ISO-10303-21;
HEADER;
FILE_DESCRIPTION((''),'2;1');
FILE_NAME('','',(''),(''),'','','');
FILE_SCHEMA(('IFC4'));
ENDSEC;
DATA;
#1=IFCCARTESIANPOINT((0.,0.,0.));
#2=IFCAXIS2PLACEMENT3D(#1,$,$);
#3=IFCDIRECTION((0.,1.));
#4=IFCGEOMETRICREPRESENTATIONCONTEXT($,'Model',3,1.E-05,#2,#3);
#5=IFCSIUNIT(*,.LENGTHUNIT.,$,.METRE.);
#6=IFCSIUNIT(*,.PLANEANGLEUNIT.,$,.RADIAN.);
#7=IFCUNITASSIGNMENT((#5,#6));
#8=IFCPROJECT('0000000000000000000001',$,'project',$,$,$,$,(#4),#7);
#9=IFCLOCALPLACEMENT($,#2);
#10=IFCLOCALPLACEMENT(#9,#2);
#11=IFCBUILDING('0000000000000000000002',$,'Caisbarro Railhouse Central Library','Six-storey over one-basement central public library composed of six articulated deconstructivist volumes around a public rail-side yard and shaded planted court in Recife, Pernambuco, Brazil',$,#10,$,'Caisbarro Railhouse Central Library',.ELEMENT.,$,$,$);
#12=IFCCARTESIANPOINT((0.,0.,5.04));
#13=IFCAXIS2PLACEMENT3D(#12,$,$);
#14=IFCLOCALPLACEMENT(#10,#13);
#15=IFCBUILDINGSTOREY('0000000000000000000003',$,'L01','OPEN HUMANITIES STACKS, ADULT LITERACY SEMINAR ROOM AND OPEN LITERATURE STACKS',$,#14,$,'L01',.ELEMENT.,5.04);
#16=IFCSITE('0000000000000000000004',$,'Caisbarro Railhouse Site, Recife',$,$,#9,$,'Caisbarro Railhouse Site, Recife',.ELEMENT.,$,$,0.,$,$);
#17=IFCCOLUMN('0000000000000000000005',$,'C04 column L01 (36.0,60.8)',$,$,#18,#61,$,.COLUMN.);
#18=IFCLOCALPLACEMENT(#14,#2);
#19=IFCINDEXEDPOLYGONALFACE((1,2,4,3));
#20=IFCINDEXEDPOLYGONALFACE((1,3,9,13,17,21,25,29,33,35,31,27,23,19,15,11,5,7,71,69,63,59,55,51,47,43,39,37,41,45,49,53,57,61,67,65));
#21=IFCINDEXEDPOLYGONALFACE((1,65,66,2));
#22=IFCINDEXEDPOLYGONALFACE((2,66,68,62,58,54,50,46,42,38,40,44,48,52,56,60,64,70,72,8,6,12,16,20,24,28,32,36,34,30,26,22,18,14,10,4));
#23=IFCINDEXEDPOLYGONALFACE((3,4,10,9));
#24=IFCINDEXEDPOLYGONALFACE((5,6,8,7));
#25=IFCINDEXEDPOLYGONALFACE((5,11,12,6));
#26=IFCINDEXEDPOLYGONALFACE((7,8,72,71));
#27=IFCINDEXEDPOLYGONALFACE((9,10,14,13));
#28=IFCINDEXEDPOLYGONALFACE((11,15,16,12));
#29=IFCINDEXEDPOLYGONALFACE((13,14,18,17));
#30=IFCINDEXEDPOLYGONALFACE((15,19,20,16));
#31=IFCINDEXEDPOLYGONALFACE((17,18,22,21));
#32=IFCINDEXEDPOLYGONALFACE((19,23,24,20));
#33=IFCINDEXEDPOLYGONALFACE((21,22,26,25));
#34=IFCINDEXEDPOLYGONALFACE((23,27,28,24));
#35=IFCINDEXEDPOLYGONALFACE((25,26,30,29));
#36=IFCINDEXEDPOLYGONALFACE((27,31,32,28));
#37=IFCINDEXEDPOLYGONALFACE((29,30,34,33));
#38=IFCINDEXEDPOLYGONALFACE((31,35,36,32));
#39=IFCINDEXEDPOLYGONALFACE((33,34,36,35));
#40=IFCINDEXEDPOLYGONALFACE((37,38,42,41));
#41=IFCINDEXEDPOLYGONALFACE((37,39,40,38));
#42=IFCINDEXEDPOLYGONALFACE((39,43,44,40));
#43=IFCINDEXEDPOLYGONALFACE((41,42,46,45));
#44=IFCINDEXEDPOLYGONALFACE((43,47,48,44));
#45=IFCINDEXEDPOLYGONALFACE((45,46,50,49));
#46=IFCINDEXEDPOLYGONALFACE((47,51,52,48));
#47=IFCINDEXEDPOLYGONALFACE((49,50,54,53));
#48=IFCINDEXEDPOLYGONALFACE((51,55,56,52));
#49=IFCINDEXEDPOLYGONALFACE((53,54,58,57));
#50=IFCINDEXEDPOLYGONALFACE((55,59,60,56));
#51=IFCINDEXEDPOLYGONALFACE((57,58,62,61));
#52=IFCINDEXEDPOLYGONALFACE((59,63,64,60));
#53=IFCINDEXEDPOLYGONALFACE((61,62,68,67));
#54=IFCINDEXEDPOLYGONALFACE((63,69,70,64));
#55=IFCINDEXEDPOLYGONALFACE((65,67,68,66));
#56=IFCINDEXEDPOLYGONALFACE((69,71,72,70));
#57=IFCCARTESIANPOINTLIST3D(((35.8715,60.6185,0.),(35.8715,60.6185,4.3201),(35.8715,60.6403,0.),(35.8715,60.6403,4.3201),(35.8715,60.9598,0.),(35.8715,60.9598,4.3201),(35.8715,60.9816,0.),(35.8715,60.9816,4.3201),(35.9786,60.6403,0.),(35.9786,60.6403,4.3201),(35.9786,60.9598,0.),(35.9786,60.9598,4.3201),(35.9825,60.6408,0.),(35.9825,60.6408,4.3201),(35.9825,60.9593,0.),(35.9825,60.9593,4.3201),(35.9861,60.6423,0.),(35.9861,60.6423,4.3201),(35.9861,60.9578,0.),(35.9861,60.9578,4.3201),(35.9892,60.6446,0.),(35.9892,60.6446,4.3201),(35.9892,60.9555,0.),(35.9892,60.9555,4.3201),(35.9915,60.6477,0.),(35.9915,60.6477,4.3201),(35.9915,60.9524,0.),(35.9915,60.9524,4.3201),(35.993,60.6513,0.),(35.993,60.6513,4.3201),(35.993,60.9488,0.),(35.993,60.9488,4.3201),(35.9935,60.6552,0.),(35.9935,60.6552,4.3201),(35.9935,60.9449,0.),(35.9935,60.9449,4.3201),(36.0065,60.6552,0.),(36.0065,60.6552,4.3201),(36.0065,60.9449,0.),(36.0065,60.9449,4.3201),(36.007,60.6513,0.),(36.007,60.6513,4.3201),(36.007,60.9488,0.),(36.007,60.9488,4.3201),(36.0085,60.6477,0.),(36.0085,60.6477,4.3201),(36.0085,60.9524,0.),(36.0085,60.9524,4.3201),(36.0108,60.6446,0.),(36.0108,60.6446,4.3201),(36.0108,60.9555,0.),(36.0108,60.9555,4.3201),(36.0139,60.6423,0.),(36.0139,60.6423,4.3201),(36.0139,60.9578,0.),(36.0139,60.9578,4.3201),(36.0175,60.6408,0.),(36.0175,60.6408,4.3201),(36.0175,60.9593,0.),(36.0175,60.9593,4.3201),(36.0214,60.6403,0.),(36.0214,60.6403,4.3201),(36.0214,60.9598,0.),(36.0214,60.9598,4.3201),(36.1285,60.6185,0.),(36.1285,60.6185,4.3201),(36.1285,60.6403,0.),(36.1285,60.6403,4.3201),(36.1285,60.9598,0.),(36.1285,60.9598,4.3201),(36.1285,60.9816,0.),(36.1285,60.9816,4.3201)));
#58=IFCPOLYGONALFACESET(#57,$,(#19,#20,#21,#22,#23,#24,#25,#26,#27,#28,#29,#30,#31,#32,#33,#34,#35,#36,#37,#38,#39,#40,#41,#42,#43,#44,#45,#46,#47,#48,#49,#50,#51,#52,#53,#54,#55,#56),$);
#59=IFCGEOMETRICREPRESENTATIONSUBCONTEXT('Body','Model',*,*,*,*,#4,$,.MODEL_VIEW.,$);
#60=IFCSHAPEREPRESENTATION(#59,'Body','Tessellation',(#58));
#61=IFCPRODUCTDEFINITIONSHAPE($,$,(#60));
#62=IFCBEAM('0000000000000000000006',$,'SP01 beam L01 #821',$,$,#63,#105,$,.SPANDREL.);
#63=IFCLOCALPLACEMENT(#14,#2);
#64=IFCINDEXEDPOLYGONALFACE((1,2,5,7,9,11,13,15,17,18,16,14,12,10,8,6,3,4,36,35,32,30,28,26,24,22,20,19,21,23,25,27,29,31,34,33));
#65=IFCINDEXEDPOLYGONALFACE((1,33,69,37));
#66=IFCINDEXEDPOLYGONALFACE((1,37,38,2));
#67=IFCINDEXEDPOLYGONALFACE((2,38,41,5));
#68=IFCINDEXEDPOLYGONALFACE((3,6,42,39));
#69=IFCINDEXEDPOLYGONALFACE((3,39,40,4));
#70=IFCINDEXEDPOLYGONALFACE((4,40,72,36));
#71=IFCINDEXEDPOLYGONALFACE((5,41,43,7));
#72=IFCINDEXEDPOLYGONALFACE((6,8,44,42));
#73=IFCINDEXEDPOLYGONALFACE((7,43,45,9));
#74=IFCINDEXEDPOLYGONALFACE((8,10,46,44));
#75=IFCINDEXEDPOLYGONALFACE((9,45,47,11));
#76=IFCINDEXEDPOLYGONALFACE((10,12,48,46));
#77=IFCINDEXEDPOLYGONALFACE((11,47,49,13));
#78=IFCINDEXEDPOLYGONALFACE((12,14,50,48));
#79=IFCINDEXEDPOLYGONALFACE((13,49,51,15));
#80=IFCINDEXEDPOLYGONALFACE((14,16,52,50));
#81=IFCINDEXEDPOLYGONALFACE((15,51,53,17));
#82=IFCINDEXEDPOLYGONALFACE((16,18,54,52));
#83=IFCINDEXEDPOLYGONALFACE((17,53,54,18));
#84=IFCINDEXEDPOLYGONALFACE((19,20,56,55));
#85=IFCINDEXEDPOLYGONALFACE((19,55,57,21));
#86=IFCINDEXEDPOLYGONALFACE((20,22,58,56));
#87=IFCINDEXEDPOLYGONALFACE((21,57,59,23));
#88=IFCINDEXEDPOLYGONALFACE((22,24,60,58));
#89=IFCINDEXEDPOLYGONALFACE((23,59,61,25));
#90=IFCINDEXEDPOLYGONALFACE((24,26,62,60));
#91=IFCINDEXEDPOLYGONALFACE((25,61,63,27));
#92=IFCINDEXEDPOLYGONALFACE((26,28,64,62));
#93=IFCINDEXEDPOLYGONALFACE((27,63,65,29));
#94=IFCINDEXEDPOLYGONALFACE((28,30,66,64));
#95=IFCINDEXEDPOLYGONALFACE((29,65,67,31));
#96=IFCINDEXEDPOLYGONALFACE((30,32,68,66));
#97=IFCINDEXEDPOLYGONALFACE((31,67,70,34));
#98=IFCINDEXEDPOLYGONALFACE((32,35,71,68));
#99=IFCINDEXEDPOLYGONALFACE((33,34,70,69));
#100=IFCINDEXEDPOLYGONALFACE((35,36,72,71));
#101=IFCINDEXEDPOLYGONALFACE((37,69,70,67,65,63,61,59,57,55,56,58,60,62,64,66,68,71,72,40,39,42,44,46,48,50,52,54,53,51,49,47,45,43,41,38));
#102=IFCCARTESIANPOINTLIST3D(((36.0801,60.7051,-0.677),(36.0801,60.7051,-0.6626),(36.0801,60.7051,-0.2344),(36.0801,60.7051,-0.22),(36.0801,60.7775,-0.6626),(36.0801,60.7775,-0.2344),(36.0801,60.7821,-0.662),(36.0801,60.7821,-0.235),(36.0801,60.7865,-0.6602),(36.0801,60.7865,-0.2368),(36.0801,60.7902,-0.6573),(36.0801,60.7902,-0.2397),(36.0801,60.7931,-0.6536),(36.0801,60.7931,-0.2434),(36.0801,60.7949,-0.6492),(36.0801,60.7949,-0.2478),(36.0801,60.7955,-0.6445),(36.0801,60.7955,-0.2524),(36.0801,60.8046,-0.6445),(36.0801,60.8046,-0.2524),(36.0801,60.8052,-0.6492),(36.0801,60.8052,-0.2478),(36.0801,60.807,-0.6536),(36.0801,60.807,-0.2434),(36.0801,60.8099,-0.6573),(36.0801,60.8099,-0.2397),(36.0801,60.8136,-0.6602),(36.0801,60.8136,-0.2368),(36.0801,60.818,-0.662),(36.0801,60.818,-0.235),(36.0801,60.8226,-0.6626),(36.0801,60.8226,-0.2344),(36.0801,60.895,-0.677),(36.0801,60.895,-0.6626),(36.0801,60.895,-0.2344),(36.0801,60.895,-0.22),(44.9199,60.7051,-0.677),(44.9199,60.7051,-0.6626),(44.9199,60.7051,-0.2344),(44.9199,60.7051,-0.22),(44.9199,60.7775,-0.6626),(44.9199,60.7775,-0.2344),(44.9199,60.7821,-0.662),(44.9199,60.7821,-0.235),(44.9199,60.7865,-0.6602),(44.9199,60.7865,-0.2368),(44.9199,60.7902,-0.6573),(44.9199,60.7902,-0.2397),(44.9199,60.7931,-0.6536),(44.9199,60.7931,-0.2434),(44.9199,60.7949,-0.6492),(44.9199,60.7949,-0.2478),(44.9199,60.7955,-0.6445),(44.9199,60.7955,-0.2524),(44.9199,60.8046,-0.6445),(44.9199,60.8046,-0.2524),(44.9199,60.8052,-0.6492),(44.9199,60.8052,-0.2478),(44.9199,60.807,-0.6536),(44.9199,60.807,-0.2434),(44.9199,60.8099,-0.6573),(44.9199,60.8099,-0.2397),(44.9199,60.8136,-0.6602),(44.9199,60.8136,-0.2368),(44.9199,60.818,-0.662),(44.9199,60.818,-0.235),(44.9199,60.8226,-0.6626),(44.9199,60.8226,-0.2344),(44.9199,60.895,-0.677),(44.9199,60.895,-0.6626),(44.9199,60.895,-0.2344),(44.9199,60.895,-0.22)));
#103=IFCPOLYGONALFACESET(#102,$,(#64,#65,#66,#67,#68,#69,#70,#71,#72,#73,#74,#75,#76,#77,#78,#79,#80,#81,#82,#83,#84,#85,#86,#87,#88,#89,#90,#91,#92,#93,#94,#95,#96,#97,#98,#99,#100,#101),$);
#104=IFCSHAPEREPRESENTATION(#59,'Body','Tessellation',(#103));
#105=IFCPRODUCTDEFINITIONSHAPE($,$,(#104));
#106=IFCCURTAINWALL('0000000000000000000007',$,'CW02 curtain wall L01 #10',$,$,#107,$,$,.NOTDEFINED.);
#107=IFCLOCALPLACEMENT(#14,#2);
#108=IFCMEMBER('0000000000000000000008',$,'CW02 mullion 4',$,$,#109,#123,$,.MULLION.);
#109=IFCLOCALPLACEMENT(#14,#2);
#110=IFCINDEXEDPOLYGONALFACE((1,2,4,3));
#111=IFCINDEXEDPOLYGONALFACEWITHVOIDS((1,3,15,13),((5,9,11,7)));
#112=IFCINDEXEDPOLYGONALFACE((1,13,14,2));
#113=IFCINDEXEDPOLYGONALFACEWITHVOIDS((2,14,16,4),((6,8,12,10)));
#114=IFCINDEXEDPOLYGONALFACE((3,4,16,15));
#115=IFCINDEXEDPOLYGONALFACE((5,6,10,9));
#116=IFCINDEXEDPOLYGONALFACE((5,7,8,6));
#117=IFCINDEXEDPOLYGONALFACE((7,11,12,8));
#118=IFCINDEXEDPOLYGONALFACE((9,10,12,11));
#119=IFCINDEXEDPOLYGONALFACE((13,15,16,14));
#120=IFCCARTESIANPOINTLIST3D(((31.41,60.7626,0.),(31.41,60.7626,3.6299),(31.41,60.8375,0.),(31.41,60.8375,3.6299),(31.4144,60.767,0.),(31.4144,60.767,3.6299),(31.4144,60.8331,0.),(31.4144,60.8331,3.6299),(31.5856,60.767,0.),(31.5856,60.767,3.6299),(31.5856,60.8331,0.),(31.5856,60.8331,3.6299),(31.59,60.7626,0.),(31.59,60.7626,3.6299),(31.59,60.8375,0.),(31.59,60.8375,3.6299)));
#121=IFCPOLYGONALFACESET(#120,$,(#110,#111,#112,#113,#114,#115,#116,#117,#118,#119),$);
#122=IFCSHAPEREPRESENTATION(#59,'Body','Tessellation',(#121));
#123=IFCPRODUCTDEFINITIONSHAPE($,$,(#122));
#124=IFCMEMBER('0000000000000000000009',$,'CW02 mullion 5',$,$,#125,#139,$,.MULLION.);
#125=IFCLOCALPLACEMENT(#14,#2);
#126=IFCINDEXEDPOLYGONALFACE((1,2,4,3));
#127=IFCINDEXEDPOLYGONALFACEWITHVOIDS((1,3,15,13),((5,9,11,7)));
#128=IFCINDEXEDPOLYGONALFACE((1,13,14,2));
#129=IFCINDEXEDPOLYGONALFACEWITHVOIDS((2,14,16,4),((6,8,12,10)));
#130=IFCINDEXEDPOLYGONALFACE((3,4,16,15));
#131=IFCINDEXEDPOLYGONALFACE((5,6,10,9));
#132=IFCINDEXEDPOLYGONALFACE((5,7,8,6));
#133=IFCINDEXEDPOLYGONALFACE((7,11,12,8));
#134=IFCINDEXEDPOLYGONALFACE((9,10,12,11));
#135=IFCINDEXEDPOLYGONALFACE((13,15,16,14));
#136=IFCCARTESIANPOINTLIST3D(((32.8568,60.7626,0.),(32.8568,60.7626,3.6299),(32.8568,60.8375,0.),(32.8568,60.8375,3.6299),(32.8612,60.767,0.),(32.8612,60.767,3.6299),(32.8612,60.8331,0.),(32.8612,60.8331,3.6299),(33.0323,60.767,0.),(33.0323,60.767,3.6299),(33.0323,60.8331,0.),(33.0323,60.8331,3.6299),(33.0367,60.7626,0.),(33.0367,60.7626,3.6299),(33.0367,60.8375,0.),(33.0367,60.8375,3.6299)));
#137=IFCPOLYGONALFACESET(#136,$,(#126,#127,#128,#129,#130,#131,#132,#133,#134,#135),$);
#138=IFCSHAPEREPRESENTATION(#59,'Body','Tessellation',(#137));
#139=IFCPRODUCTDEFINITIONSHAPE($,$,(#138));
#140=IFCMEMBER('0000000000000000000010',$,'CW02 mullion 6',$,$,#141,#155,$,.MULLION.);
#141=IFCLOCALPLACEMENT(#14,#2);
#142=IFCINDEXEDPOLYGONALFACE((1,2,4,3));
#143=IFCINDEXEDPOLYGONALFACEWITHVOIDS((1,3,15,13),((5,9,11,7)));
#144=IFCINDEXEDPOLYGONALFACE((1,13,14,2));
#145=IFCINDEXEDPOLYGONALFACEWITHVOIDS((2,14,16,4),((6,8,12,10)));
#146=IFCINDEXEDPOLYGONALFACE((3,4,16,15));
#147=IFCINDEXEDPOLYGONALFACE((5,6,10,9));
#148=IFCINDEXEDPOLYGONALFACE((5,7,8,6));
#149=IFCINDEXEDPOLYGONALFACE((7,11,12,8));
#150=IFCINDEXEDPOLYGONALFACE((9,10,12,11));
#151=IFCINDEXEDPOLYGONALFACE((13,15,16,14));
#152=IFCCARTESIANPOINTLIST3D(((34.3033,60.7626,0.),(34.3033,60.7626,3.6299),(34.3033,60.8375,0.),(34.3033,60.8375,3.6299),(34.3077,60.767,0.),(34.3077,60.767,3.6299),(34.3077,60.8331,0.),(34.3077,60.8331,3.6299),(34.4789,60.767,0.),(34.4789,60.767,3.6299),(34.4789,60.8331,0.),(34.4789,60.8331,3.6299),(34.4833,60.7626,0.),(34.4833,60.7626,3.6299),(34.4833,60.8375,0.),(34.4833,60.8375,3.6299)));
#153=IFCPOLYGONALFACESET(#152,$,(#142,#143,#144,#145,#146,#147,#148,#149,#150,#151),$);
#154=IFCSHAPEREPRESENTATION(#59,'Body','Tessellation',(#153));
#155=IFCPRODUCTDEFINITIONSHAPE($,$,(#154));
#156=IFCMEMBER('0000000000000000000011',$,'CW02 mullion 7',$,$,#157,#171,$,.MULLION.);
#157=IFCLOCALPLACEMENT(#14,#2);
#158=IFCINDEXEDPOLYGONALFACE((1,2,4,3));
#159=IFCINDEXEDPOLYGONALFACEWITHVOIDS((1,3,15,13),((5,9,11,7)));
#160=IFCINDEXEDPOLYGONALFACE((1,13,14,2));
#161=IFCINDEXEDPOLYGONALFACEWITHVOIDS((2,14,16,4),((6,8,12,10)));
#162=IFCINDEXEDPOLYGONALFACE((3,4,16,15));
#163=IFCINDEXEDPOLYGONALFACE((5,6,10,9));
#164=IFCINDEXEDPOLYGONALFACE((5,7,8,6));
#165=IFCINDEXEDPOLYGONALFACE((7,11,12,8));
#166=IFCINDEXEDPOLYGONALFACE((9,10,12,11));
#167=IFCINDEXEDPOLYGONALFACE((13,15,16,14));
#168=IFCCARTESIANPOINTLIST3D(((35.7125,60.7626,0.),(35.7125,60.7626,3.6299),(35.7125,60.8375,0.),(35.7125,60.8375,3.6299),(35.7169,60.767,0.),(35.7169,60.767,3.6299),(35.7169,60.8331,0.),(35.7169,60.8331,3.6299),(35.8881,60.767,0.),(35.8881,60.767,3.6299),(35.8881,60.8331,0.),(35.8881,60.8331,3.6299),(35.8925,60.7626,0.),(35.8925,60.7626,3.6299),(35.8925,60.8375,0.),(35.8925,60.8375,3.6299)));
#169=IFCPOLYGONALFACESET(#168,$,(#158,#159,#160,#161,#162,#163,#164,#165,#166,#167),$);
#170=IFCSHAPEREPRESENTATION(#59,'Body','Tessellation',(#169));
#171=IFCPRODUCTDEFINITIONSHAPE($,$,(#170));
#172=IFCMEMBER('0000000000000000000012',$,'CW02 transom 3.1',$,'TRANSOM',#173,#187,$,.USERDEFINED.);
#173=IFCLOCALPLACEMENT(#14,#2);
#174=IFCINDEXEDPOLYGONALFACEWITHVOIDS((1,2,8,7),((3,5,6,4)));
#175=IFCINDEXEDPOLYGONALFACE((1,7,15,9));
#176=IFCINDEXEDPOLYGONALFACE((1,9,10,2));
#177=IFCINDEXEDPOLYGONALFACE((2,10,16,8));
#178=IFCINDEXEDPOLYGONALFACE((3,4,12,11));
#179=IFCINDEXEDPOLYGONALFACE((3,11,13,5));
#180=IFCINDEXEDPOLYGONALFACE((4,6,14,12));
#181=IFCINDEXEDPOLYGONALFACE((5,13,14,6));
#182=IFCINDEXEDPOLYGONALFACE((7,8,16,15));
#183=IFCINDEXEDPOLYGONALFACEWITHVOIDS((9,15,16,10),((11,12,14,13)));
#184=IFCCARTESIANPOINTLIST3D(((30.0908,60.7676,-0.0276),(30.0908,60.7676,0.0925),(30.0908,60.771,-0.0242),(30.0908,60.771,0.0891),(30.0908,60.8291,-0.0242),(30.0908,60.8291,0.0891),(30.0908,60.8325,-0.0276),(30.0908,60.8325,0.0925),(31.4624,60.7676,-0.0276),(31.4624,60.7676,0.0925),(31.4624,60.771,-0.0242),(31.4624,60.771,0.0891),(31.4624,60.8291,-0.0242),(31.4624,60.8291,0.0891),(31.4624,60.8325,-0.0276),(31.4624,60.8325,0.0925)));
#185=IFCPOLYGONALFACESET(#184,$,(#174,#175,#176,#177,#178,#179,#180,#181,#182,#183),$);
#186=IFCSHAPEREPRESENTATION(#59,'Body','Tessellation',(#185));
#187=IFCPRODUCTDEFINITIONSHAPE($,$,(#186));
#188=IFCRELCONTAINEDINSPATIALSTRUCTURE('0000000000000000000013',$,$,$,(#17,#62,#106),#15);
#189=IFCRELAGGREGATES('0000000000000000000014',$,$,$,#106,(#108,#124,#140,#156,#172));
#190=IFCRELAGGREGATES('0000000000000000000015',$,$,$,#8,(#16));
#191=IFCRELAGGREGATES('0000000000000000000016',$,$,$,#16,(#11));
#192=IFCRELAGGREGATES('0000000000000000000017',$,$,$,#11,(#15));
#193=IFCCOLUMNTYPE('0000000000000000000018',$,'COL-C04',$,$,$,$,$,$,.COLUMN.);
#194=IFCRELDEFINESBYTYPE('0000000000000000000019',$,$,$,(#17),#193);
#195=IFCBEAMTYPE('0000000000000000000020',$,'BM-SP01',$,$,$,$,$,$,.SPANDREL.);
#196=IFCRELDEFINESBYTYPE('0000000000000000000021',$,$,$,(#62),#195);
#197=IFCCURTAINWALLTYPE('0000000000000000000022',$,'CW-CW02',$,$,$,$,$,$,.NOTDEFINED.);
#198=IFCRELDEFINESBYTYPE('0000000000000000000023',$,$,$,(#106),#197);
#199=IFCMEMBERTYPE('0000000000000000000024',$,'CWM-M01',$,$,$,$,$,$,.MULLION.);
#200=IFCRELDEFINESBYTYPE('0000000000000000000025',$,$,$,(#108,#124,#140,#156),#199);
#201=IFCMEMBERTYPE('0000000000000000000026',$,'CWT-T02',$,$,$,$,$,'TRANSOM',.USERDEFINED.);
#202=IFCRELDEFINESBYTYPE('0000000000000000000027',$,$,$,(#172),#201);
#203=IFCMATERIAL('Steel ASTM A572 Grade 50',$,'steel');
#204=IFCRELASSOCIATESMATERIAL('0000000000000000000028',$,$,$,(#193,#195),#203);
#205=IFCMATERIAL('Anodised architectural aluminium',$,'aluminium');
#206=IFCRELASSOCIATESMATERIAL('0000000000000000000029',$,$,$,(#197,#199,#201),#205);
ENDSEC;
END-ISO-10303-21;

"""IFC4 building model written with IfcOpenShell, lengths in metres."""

from ifc_helpers import new_model, si_unit, direction, frame, origin, origin_2d, place, context, subcontext, project, spatial, hollow_rectangle, i_section, extrude, material, material_profile, profile_set, type_object, element, aggregate, save


model = new_model("IFC4")

# Units and contexts
model_context = context("Model", 3, precision=1e-05, world=origin(), true_north=direction((0.0, 1.0)))
body_context = subcontext(model_context, "Body", "Model", "MODEL_VIEW")
ifc_project = project(units=[si_unit("LENGTHUNIT", "METRE"), si_unit("PLANEANGLEUNIT", "RADIAN")], contexts=[model_context])

# Site, building, storey
site_placement = place(None, origin())
site = spatial("IfcSite", under=ifc_project, at=site_placement, Name="Caisbarro Railhouse Site, Recife", LongName="Caisbarro Railhouse Site, Recife", CompositionType="ELEMENT", RefElevation=0.0)
building_placement = place(site_placement, origin())
building = spatial("IfcBuilding", under=site, at=building_placement, Name="Caisbarro Railhouse Central Library", Description="Six-storey over one-basement central public library composed of six articulated deconstructivist volumes around a public rail-side yard and shaded planted court in Recife, Pernambuco, Brazil", LongName="Caisbarro Railhouse Central Library", CompositionType="ELEMENT")
storey_placement = place(building_placement, frame((0.0, 0.0, 5.04)))
storey = spatial("IfcBuildingStorey", under=building, at=storey_placement, Name="L01", Description="OPEN HUMANITIES STACKS, ADULT LITERACY SEMINAR ROOM AND OPEN LITERATURE STACKS", LongName="L01", CompositionType="ELEMENT", Elevation=5.04)

# Column
ifc_material_1 = material(Name="Steel ASTM A572 Grade 50", Category="steel")
ifc_material_profile_1 = material_profile(ifc_material_1, i_section(OverallWidth=0.2571, OverallDepth=0.363, WebThickness=0.0129, FlangeThickness=0.0217, FilletRadius=0.0149, at=origin_2d()), Name="W360X122.0")
ifc_profile_set_1 = profile_set([ifc_material_profile_1], Name="Steel ASTM A572 Grade 50")
column_type = type_object("IfcColumnType", Name="COL-C04", PredefinedType="COLUMN", material=ifc_profile_set_1)
column_placement = place(storey_placement, frame((36.0, 60.8, 0.0), z_axis=(0.0, 0.0, 1.0), x_axis=(1.0, 0.0, 0.0)))
element("IfcColumn", 1, at=column_placement, inside=storey, type_object=column_type, Name="C04 column L01 (36.0,60.8)", PredefinedType="COLUMN", context=body_context, shape_type="SweptSolid", body=[
    extrude(i_section(OverallWidth=0.2571, OverallDepth=0.363, WebThickness=0.0129, FlangeThickness=0.0217, FilletRadius=0.0149, at=origin_2d()), origin(), (0.0, 0.0, 1.0), 4.3201),
])

# Beam
ifc_material_profile_2 = material_profile(ifc_material_1, i_section(OverallWidth=0.1899, OverallDepth=0.457, WebThickness=0.009, FlangeThickness=0.0144, FilletRadius=0.0181, at=origin_2d()), Name="W460X74.0")
ifc_profile_set_2 = profile_set([ifc_material_profile_2], Name="Steel ASTM A572 Grade 50")
beam_type = type_object("IfcBeamType", Name="BM-SP01", PredefinedType="SPANDREL", material=ifc_profile_set_2)
beam_placement = place(storey_placement, frame((36.0801, 60.8, -0.4485), z_axis=(1.0, 0.0, 0.0), x_axis=(0.0, 1.0, 0.0)))
element("IfcBeam", 2, at=beam_placement, inside=storey, type_object=beam_type, Name="SP01 beam L01 #821", PredefinedType="SPANDREL", context=body_context, shape_type="SweptSolid", body=[
    extrude(i_section(OverallWidth=0.1899, OverallDepth=0.457, WebThickness=0.009, FlangeThickness=0.0144, FilletRadius=0.0181, at=origin_2d()), origin(), (0.0, 0.0, 1.0), 8.8398),
])

# Curtain wall, members
ifc_material_2 = material(Name="Anodised architectural aluminium", Category="aluminium")
curtain_wall_type = type_object("IfcCurtainWallType", Name="CW-CW02", PredefinedType="NOTDEFINED", material=ifc_material_2)
curtain_wall_placement = place(storey_placement, origin())
curtain_wall = element("IfcCurtainWall", 3, at=curtain_wall_placement, inside=storey, type_object=curtain_wall_type, Name="CW02 curtain wall L01 #10", PredefinedType="NOTDEFINED")
ifc_material_profile_3 = material_profile(ifc_material_2, hollow_rectangle(XDim=0.075, YDim=0.1799, WallThickness=0.0044, at=origin_2d()), Name="ALU-MUL-75X180")
ifc_profile_set_3 = profile_set([ifc_material_profile_3], Name="Anodised architectural aluminium")
member_type_1 = type_object("IfcMemberType", Name="CWM-M01", PredefinedType="MULLION", material=ifc_profile_set_3)
member_1_placement = place(storey_placement, frame((31.5, 60.8, 0.0), z_axis=(0.0, 0.0, 1.0), x_axis=(0.0, 1.0, 0.0)))
member_1 = element("IfcMember", 4, at=member_1_placement, type_object=member_type_1, Name="CW02 mullion 4", PredefinedType="MULLION", context=body_context, shape_type="SweptSolid", body=[
    extrude(hollow_rectangle(XDim=0.075, YDim=0.1799, WallThickness=0.0044, at=origin_2d()), origin(), (0.0, 0.0, 1.0), 3.6299),
])
member_2_placement = place(storey_placement, frame((32.9468, 60.8, 0.0), z_axis=(0.0, 0.0, 1.0), x_axis=(0.0, 1.0, 0.0)))
member_2 = element("IfcMember", 5, at=member_2_placement, type_object=member_type_1, Name="CW02 mullion 5", PredefinedType="MULLION", context=body_context, shape_type="SweptSolid", body=[
    extrude(hollow_rectangle(XDim=0.075, YDim=0.1799, WallThickness=0.0044, at=origin_2d()), origin(), (0.0, 0.0, 1.0), 3.6299),
])
member_3_placement = place(storey_placement, frame((34.3933, 60.8, 0.0), z_axis=(0.0, 0.0, 1.0), x_axis=(0.0, 1.0, 0.0)))
member_3 = element("IfcMember", 6, at=member_3_placement, type_object=member_type_1, Name="CW02 mullion 6", PredefinedType="MULLION", context=body_context, shape_type="SweptSolid", body=[
    extrude(hollow_rectangle(XDim=0.075, YDim=0.1799, WallThickness=0.0044, at=origin_2d()), origin(), (0.0, 0.0, 1.0), 3.6299),
])
member_4_placement = place(storey_placement, frame((35.8025, 60.8, 0.0), z_axis=(0.0, 0.0, 1.0), x_axis=(0.0, 1.0, 0.0)))
member_4 = element("IfcMember", 7, at=member_4_placement, type_object=member_type_1, Name="CW02 mullion 7", PredefinedType="MULLION", context=body_context, shape_type="SweptSolid", body=[
    extrude(hollow_rectangle(XDim=0.075, YDim=0.1799, WallThickness=0.0044, at=origin_2d()), origin(), (0.0, 0.0, 1.0), 3.6299),
])
ifc_material_profile_4 = material_profile(ifc_material_2, hollow_rectangle(XDim=0.0649, YDim=0.1201, WallThickness=0.0034, at=origin_2d()), Name="ALU-TRN-65X120")
ifc_profile_set_4 = profile_set([ifc_material_profile_4], Name="Anodised architectural aluminium")
member_type_2 = type_object("IfcMemberType", Name="CWT-T02", ElementType="TRANSOM", PredefinedType="USERDEFINED", material=ifc_profile_set_4)
member_5_placement = place(storey_placement, frame((30.0908, 60.8, 0.0325), z_axis=(1.0, 0.0, 0.0), x_axis=(0.0, 1.0, 0.0)))
member_5 = element("IfcMember", 8, at=member_5_placement, type_object=member_type_2, Name="CW02 transom 3.1", ObjectType="TRANSOM", PredefinedType="USERDEFINED", context=body_context, shape_type="SweptSolid", body=[
    extrude(hollow_rectangle(XDim=0.0649, YDim=0.1201, WallThickness=0.0034, at=origin_2d()), origin(), (0.0, 0.0, 1.0), 1.3716),
])
aggregate(curtain_wall, [member_1, member_2, member_3, member_4, member_5])

save(model, "model.ifc")
